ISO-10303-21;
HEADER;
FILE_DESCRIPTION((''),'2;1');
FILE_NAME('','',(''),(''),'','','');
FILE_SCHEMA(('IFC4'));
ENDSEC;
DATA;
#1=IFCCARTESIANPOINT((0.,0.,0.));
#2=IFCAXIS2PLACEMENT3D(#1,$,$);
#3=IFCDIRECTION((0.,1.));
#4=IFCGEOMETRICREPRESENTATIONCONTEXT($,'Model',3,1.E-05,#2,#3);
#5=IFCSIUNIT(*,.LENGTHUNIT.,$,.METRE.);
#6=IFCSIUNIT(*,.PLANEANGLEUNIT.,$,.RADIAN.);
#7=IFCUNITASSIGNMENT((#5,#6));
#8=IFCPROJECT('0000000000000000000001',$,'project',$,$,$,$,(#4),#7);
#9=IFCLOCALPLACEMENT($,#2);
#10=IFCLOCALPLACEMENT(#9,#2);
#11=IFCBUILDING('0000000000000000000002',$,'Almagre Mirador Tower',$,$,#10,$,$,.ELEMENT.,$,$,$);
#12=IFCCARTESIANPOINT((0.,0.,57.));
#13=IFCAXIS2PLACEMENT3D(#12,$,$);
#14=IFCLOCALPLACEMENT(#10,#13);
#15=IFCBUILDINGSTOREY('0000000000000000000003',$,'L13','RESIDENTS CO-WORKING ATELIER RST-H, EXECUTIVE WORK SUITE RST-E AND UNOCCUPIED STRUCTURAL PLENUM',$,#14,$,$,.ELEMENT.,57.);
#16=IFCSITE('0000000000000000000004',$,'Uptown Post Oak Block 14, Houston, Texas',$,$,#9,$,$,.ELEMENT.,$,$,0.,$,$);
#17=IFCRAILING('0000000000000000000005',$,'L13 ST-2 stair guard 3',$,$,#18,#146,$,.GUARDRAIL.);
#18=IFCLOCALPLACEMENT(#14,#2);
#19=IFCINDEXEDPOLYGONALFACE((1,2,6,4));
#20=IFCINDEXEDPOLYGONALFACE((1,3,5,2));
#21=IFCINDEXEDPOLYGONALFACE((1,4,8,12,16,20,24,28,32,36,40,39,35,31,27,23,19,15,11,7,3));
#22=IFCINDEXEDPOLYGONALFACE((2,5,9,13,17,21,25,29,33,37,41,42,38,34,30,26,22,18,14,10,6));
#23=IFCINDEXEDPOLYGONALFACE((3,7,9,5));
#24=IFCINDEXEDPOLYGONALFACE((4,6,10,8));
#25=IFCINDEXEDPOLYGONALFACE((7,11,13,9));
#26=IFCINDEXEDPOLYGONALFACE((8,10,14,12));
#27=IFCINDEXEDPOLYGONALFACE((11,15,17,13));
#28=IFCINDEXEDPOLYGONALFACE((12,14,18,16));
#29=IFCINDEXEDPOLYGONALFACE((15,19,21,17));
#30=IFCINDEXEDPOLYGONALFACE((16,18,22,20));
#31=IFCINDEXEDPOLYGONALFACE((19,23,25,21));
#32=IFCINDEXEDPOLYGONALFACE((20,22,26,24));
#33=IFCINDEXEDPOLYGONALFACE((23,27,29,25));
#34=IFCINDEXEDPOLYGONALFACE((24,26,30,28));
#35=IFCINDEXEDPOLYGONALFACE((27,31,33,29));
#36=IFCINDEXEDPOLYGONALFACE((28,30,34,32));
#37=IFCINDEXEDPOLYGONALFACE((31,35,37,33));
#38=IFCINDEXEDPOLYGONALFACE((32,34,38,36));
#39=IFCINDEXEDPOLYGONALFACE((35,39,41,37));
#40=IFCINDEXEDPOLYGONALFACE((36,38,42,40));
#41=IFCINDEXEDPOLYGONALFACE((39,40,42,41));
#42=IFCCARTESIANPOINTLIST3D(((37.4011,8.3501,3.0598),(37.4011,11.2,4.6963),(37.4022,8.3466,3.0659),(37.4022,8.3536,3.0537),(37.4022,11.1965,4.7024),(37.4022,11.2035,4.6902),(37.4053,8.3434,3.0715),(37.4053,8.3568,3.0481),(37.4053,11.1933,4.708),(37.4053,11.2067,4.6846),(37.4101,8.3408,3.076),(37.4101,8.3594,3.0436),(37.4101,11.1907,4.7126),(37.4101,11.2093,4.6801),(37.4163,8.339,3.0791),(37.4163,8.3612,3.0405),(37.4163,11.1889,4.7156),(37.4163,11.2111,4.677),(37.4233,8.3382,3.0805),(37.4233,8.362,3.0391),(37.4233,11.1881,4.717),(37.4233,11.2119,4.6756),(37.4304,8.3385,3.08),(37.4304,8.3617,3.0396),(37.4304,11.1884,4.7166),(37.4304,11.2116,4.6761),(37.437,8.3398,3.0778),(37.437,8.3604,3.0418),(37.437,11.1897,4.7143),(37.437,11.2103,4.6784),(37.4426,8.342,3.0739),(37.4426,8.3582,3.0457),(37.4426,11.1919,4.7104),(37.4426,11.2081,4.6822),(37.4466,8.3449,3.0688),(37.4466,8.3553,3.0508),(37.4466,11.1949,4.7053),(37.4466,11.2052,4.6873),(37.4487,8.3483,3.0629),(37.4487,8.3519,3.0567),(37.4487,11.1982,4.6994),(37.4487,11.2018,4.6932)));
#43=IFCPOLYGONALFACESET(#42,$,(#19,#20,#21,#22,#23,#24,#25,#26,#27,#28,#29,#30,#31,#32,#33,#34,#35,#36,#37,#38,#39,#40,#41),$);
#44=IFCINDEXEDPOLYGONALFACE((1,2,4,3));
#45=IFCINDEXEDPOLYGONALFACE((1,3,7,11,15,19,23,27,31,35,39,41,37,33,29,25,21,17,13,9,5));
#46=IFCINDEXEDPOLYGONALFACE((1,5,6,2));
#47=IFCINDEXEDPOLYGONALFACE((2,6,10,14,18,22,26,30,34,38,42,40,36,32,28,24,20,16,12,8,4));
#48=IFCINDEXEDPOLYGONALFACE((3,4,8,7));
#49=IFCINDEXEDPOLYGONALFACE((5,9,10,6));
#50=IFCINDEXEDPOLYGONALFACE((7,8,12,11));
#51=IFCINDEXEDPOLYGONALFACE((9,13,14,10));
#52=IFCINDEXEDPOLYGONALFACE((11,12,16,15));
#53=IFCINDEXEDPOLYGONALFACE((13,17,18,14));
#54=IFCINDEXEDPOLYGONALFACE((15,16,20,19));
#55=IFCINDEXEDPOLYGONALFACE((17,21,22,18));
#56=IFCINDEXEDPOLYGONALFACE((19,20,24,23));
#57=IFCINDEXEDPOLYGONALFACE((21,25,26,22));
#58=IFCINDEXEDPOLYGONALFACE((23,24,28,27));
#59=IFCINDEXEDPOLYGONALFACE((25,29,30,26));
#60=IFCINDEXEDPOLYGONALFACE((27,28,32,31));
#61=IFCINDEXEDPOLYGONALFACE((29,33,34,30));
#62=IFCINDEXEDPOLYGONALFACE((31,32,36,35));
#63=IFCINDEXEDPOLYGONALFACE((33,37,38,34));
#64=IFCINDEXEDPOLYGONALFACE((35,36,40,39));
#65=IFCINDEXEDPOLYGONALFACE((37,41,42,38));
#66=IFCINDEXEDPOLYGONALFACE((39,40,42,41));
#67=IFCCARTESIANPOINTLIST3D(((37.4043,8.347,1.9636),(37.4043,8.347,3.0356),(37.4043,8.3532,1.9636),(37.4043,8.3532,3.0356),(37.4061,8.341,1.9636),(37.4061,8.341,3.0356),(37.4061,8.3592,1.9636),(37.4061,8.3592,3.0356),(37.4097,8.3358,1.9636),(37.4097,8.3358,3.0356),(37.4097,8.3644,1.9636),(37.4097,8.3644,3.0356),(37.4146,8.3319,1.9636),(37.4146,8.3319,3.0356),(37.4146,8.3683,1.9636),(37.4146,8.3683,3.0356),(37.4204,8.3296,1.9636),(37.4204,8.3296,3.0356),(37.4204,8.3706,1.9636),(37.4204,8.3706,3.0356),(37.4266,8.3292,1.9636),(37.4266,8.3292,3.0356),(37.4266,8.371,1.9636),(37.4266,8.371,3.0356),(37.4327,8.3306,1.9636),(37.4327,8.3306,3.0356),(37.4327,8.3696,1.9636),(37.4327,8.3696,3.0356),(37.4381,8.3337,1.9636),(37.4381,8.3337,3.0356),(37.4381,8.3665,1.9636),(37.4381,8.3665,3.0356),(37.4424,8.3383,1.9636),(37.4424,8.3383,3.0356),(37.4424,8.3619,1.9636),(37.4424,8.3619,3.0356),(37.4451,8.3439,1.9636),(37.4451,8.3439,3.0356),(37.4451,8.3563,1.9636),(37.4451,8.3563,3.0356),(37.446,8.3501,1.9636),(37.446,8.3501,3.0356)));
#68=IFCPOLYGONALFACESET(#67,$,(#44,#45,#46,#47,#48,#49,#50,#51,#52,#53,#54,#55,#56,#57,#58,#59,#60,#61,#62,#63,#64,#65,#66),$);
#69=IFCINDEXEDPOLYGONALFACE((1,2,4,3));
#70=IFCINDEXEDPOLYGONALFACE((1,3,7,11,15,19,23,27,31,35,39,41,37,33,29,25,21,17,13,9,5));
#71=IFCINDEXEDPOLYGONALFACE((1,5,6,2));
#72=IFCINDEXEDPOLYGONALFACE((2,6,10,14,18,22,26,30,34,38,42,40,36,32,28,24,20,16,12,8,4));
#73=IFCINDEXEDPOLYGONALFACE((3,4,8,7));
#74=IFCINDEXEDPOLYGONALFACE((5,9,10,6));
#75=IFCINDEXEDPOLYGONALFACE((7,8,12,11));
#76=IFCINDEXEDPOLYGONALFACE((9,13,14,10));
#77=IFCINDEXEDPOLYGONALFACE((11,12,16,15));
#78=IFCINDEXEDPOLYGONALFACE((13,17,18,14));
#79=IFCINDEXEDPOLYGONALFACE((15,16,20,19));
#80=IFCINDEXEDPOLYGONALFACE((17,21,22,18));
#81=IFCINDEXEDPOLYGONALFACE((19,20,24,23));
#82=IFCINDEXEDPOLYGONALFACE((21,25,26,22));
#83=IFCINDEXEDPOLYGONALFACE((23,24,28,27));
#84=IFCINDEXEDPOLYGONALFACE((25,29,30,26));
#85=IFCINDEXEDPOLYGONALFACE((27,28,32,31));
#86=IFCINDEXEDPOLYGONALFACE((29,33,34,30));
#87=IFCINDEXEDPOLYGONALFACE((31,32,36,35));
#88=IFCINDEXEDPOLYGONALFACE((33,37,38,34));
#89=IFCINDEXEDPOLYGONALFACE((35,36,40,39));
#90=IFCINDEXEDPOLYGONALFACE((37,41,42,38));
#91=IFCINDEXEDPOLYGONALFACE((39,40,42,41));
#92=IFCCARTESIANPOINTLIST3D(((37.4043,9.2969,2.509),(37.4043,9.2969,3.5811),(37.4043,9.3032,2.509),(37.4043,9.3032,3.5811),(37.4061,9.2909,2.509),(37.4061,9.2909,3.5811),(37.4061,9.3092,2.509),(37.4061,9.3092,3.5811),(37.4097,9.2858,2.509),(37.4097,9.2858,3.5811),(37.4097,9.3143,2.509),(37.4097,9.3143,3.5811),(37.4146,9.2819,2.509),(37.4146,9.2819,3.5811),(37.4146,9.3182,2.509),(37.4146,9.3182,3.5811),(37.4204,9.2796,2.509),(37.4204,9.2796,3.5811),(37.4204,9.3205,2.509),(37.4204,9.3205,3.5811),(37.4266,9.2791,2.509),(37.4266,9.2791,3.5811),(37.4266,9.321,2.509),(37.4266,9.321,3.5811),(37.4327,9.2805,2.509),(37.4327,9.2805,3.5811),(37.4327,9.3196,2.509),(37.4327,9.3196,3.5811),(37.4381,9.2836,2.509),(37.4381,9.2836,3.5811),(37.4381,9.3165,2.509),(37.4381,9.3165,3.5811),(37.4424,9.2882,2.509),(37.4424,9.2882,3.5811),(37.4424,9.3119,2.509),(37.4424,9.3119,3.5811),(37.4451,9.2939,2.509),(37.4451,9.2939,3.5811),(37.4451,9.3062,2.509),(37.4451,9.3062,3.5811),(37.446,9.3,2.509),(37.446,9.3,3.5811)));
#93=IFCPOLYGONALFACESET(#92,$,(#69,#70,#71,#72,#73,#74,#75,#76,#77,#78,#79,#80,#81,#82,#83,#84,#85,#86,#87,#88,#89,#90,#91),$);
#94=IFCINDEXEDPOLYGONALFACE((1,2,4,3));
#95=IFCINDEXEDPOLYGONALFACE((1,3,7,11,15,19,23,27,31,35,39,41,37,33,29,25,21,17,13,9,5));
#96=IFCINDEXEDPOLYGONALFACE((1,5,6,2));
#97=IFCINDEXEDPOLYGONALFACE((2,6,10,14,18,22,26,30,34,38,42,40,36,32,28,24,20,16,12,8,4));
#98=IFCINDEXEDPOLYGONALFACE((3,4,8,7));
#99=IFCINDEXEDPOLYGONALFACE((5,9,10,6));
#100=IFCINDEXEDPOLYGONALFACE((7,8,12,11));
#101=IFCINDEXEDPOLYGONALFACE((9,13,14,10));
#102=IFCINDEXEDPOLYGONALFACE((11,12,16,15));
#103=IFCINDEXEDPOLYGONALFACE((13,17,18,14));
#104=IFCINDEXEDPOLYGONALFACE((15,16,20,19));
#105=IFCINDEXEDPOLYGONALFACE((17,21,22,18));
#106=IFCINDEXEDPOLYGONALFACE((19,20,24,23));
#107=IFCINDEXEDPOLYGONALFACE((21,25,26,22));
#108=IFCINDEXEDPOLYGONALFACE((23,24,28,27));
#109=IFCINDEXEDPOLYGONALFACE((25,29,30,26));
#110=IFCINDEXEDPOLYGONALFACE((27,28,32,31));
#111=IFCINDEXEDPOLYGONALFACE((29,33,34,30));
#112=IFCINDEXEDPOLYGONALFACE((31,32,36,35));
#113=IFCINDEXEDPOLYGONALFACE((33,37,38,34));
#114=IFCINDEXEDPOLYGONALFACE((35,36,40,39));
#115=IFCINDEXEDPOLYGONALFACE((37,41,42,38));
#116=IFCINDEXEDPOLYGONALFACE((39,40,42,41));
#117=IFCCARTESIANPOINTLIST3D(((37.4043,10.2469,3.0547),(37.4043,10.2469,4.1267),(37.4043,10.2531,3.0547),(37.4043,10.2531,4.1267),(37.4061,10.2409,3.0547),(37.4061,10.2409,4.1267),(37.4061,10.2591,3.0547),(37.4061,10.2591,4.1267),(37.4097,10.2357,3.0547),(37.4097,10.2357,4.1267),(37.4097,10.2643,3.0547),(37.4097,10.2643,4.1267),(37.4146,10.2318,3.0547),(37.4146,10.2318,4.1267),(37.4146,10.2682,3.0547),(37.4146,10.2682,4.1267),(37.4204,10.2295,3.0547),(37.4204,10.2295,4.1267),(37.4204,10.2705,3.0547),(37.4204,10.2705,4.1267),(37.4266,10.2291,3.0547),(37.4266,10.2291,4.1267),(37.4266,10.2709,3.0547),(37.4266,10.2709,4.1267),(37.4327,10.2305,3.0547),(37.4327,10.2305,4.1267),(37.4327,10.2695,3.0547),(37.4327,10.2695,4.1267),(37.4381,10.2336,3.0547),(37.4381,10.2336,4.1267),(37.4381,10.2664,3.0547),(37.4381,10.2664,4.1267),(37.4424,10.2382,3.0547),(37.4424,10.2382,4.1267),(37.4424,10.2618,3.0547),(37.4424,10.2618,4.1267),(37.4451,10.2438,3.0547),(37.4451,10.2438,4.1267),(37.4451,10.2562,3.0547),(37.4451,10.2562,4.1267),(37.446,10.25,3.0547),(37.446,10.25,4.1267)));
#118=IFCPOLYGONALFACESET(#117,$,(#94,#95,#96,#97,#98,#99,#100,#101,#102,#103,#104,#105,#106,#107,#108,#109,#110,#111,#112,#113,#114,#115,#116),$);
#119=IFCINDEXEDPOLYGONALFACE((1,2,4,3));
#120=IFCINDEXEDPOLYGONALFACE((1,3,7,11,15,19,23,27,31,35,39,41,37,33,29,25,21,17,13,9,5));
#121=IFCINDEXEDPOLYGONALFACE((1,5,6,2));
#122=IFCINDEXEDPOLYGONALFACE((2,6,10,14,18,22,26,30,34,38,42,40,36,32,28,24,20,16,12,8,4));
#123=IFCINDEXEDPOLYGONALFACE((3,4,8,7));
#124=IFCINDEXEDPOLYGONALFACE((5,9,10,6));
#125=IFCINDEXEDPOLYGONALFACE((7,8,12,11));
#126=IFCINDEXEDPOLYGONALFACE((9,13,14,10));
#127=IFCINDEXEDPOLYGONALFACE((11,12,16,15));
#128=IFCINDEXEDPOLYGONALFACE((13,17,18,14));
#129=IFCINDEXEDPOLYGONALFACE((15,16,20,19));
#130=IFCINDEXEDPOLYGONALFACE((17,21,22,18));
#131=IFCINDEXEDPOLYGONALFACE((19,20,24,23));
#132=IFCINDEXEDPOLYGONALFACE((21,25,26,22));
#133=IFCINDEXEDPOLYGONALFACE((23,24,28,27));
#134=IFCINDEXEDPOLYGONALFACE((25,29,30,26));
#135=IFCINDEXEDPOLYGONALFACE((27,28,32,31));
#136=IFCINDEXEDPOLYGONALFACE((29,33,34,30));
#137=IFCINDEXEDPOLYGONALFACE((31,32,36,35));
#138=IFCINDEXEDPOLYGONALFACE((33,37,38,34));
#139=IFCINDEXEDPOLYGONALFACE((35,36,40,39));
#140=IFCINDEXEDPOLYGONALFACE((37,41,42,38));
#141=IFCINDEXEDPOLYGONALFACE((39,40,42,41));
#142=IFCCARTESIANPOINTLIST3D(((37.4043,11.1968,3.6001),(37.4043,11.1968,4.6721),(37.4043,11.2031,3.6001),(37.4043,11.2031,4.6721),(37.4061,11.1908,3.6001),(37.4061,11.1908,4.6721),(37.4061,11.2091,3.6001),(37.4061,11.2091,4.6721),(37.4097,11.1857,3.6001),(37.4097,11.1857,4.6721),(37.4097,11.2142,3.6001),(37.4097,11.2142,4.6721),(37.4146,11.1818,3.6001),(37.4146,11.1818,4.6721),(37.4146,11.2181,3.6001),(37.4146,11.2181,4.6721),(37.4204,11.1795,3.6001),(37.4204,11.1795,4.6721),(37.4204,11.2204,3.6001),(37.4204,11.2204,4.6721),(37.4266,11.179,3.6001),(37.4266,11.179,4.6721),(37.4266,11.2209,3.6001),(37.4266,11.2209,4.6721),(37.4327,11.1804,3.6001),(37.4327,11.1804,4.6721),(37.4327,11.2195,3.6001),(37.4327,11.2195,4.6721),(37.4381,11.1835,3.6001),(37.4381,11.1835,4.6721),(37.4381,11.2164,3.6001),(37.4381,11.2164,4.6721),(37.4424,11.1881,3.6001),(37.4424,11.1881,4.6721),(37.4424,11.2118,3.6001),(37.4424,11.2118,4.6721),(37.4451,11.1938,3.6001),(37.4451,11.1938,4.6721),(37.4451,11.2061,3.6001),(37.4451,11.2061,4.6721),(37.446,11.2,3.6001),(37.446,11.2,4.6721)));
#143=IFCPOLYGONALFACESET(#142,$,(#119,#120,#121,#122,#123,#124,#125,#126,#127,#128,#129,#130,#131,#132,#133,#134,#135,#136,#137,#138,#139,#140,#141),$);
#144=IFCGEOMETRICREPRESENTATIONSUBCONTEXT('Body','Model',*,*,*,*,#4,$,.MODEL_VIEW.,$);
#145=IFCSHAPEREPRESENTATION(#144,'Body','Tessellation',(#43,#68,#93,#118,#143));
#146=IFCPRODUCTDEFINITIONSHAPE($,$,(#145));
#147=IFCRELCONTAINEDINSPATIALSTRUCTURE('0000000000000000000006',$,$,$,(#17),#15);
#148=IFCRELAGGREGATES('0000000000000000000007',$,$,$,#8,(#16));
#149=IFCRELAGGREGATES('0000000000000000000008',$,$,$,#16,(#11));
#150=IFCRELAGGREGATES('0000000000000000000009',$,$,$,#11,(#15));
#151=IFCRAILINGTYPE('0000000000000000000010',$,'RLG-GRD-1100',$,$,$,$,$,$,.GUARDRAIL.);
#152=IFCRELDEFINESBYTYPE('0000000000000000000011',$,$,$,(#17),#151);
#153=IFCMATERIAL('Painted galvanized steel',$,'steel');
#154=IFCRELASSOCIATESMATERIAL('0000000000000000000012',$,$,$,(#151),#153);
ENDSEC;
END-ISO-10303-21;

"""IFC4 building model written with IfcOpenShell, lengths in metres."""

from ifc_helpers import new_model, si_unit, direction, frame, origin, origin_2d, place, context, subcontext, project, spatial, circle, extrude, material, type_object, element, save


model = new_model("IFC4")

# Units and contexts
model_context = context("Model", 3, precision=1e-05, world=origin(), true_north=direction((0.0, 1.0)))
body_context = subcontext(model_context, "Body", "Model", "MODEL_VIEW")
ifc_project = project(units=[si_unit("LENGTHUNIT", "METRE"), si_unit("PLANEANGLEUNIT", "RADIAN")], contexts=[model_context])

# Site, building, storey
site_placement = place(None, origin())
site = spatial("IfcSite", under=ifc_project, at=site_placement, Name="Uptown Post Oak Block 14, Houston, Texas", CompositionType="ELEMENT", RefElevation=0.0)
building_placement = place(site_placement, origin())
building = spatial("IfcBuilding", under=site, at=building_placement, Name="Almagre Mirador Tower", CompositionType="ELEMENT")
storey_placement = place(building_placement, frame((0.0, 0.0, 57.0)))
storey = spatial("IfcBuildingStorey", under=building, at=storey_placement, Name="L13", Description="RESIDENTS CO-WORKING ATELIER RST-H, EXECUTIVE WORK SUITE RST-E AND UNOCCUPIED STRUCTURAL PLENUM", CompositionType="ELEMENT", Elevation=57.0)

# Railing
ifc_material_1 = material(Name="Painted galvanized steel", Category="steel")
railing_type_1 = type_object("IfcRailingType", Name="RLG-GRD-1100", PredefinedType="GUARDRAIL", material=ifc_material_1)
railing_1_placement = place(storey_placement, frame((37.425, 8.3501, 1.9636)))
element("IfcRailing", 1, at=railing_1_placement, inside=storey, type_object=railing_type_1, Name="L13 ST-2 stair guard 3", PredefinedType="GUARDRAIL", context=body_context, shape_type="SweptSolid", body=[
    extrude(circle(Radius=0.0239, at=origin_2d()), frame((0.0, 0.0, 1.0962), z_axis=(0.0, 0.867194, 0.49797), x_axis=(-1.0, 0.0, 0.0)), (0.0, 0.0, 1.0), 3.2864),
    extrude(circle(Radius=0.021, at=origin_2d()), origin(), (0.0, 0.0, 1.0), 1.072),
    extrude(circle(Radius=0.021, at=origin_2d()), frame((0.0, 0.95, 0.5454)), (0.0, 0.0, 1.0), 1.072),
    extrude(circle(Radius=0.021, at=origin_2d()), frame((0.0, 1.8999, 1.0911)), (0.0, 0.0, 1.0), 1.072),
    extrude(circle(Radius=0.021, at=origin_2d()), frame((0.0, 2.8499, 1.6365)), (0.0, 0.0, 1.0), 1.072),
])

save(model, "model.ifc")
